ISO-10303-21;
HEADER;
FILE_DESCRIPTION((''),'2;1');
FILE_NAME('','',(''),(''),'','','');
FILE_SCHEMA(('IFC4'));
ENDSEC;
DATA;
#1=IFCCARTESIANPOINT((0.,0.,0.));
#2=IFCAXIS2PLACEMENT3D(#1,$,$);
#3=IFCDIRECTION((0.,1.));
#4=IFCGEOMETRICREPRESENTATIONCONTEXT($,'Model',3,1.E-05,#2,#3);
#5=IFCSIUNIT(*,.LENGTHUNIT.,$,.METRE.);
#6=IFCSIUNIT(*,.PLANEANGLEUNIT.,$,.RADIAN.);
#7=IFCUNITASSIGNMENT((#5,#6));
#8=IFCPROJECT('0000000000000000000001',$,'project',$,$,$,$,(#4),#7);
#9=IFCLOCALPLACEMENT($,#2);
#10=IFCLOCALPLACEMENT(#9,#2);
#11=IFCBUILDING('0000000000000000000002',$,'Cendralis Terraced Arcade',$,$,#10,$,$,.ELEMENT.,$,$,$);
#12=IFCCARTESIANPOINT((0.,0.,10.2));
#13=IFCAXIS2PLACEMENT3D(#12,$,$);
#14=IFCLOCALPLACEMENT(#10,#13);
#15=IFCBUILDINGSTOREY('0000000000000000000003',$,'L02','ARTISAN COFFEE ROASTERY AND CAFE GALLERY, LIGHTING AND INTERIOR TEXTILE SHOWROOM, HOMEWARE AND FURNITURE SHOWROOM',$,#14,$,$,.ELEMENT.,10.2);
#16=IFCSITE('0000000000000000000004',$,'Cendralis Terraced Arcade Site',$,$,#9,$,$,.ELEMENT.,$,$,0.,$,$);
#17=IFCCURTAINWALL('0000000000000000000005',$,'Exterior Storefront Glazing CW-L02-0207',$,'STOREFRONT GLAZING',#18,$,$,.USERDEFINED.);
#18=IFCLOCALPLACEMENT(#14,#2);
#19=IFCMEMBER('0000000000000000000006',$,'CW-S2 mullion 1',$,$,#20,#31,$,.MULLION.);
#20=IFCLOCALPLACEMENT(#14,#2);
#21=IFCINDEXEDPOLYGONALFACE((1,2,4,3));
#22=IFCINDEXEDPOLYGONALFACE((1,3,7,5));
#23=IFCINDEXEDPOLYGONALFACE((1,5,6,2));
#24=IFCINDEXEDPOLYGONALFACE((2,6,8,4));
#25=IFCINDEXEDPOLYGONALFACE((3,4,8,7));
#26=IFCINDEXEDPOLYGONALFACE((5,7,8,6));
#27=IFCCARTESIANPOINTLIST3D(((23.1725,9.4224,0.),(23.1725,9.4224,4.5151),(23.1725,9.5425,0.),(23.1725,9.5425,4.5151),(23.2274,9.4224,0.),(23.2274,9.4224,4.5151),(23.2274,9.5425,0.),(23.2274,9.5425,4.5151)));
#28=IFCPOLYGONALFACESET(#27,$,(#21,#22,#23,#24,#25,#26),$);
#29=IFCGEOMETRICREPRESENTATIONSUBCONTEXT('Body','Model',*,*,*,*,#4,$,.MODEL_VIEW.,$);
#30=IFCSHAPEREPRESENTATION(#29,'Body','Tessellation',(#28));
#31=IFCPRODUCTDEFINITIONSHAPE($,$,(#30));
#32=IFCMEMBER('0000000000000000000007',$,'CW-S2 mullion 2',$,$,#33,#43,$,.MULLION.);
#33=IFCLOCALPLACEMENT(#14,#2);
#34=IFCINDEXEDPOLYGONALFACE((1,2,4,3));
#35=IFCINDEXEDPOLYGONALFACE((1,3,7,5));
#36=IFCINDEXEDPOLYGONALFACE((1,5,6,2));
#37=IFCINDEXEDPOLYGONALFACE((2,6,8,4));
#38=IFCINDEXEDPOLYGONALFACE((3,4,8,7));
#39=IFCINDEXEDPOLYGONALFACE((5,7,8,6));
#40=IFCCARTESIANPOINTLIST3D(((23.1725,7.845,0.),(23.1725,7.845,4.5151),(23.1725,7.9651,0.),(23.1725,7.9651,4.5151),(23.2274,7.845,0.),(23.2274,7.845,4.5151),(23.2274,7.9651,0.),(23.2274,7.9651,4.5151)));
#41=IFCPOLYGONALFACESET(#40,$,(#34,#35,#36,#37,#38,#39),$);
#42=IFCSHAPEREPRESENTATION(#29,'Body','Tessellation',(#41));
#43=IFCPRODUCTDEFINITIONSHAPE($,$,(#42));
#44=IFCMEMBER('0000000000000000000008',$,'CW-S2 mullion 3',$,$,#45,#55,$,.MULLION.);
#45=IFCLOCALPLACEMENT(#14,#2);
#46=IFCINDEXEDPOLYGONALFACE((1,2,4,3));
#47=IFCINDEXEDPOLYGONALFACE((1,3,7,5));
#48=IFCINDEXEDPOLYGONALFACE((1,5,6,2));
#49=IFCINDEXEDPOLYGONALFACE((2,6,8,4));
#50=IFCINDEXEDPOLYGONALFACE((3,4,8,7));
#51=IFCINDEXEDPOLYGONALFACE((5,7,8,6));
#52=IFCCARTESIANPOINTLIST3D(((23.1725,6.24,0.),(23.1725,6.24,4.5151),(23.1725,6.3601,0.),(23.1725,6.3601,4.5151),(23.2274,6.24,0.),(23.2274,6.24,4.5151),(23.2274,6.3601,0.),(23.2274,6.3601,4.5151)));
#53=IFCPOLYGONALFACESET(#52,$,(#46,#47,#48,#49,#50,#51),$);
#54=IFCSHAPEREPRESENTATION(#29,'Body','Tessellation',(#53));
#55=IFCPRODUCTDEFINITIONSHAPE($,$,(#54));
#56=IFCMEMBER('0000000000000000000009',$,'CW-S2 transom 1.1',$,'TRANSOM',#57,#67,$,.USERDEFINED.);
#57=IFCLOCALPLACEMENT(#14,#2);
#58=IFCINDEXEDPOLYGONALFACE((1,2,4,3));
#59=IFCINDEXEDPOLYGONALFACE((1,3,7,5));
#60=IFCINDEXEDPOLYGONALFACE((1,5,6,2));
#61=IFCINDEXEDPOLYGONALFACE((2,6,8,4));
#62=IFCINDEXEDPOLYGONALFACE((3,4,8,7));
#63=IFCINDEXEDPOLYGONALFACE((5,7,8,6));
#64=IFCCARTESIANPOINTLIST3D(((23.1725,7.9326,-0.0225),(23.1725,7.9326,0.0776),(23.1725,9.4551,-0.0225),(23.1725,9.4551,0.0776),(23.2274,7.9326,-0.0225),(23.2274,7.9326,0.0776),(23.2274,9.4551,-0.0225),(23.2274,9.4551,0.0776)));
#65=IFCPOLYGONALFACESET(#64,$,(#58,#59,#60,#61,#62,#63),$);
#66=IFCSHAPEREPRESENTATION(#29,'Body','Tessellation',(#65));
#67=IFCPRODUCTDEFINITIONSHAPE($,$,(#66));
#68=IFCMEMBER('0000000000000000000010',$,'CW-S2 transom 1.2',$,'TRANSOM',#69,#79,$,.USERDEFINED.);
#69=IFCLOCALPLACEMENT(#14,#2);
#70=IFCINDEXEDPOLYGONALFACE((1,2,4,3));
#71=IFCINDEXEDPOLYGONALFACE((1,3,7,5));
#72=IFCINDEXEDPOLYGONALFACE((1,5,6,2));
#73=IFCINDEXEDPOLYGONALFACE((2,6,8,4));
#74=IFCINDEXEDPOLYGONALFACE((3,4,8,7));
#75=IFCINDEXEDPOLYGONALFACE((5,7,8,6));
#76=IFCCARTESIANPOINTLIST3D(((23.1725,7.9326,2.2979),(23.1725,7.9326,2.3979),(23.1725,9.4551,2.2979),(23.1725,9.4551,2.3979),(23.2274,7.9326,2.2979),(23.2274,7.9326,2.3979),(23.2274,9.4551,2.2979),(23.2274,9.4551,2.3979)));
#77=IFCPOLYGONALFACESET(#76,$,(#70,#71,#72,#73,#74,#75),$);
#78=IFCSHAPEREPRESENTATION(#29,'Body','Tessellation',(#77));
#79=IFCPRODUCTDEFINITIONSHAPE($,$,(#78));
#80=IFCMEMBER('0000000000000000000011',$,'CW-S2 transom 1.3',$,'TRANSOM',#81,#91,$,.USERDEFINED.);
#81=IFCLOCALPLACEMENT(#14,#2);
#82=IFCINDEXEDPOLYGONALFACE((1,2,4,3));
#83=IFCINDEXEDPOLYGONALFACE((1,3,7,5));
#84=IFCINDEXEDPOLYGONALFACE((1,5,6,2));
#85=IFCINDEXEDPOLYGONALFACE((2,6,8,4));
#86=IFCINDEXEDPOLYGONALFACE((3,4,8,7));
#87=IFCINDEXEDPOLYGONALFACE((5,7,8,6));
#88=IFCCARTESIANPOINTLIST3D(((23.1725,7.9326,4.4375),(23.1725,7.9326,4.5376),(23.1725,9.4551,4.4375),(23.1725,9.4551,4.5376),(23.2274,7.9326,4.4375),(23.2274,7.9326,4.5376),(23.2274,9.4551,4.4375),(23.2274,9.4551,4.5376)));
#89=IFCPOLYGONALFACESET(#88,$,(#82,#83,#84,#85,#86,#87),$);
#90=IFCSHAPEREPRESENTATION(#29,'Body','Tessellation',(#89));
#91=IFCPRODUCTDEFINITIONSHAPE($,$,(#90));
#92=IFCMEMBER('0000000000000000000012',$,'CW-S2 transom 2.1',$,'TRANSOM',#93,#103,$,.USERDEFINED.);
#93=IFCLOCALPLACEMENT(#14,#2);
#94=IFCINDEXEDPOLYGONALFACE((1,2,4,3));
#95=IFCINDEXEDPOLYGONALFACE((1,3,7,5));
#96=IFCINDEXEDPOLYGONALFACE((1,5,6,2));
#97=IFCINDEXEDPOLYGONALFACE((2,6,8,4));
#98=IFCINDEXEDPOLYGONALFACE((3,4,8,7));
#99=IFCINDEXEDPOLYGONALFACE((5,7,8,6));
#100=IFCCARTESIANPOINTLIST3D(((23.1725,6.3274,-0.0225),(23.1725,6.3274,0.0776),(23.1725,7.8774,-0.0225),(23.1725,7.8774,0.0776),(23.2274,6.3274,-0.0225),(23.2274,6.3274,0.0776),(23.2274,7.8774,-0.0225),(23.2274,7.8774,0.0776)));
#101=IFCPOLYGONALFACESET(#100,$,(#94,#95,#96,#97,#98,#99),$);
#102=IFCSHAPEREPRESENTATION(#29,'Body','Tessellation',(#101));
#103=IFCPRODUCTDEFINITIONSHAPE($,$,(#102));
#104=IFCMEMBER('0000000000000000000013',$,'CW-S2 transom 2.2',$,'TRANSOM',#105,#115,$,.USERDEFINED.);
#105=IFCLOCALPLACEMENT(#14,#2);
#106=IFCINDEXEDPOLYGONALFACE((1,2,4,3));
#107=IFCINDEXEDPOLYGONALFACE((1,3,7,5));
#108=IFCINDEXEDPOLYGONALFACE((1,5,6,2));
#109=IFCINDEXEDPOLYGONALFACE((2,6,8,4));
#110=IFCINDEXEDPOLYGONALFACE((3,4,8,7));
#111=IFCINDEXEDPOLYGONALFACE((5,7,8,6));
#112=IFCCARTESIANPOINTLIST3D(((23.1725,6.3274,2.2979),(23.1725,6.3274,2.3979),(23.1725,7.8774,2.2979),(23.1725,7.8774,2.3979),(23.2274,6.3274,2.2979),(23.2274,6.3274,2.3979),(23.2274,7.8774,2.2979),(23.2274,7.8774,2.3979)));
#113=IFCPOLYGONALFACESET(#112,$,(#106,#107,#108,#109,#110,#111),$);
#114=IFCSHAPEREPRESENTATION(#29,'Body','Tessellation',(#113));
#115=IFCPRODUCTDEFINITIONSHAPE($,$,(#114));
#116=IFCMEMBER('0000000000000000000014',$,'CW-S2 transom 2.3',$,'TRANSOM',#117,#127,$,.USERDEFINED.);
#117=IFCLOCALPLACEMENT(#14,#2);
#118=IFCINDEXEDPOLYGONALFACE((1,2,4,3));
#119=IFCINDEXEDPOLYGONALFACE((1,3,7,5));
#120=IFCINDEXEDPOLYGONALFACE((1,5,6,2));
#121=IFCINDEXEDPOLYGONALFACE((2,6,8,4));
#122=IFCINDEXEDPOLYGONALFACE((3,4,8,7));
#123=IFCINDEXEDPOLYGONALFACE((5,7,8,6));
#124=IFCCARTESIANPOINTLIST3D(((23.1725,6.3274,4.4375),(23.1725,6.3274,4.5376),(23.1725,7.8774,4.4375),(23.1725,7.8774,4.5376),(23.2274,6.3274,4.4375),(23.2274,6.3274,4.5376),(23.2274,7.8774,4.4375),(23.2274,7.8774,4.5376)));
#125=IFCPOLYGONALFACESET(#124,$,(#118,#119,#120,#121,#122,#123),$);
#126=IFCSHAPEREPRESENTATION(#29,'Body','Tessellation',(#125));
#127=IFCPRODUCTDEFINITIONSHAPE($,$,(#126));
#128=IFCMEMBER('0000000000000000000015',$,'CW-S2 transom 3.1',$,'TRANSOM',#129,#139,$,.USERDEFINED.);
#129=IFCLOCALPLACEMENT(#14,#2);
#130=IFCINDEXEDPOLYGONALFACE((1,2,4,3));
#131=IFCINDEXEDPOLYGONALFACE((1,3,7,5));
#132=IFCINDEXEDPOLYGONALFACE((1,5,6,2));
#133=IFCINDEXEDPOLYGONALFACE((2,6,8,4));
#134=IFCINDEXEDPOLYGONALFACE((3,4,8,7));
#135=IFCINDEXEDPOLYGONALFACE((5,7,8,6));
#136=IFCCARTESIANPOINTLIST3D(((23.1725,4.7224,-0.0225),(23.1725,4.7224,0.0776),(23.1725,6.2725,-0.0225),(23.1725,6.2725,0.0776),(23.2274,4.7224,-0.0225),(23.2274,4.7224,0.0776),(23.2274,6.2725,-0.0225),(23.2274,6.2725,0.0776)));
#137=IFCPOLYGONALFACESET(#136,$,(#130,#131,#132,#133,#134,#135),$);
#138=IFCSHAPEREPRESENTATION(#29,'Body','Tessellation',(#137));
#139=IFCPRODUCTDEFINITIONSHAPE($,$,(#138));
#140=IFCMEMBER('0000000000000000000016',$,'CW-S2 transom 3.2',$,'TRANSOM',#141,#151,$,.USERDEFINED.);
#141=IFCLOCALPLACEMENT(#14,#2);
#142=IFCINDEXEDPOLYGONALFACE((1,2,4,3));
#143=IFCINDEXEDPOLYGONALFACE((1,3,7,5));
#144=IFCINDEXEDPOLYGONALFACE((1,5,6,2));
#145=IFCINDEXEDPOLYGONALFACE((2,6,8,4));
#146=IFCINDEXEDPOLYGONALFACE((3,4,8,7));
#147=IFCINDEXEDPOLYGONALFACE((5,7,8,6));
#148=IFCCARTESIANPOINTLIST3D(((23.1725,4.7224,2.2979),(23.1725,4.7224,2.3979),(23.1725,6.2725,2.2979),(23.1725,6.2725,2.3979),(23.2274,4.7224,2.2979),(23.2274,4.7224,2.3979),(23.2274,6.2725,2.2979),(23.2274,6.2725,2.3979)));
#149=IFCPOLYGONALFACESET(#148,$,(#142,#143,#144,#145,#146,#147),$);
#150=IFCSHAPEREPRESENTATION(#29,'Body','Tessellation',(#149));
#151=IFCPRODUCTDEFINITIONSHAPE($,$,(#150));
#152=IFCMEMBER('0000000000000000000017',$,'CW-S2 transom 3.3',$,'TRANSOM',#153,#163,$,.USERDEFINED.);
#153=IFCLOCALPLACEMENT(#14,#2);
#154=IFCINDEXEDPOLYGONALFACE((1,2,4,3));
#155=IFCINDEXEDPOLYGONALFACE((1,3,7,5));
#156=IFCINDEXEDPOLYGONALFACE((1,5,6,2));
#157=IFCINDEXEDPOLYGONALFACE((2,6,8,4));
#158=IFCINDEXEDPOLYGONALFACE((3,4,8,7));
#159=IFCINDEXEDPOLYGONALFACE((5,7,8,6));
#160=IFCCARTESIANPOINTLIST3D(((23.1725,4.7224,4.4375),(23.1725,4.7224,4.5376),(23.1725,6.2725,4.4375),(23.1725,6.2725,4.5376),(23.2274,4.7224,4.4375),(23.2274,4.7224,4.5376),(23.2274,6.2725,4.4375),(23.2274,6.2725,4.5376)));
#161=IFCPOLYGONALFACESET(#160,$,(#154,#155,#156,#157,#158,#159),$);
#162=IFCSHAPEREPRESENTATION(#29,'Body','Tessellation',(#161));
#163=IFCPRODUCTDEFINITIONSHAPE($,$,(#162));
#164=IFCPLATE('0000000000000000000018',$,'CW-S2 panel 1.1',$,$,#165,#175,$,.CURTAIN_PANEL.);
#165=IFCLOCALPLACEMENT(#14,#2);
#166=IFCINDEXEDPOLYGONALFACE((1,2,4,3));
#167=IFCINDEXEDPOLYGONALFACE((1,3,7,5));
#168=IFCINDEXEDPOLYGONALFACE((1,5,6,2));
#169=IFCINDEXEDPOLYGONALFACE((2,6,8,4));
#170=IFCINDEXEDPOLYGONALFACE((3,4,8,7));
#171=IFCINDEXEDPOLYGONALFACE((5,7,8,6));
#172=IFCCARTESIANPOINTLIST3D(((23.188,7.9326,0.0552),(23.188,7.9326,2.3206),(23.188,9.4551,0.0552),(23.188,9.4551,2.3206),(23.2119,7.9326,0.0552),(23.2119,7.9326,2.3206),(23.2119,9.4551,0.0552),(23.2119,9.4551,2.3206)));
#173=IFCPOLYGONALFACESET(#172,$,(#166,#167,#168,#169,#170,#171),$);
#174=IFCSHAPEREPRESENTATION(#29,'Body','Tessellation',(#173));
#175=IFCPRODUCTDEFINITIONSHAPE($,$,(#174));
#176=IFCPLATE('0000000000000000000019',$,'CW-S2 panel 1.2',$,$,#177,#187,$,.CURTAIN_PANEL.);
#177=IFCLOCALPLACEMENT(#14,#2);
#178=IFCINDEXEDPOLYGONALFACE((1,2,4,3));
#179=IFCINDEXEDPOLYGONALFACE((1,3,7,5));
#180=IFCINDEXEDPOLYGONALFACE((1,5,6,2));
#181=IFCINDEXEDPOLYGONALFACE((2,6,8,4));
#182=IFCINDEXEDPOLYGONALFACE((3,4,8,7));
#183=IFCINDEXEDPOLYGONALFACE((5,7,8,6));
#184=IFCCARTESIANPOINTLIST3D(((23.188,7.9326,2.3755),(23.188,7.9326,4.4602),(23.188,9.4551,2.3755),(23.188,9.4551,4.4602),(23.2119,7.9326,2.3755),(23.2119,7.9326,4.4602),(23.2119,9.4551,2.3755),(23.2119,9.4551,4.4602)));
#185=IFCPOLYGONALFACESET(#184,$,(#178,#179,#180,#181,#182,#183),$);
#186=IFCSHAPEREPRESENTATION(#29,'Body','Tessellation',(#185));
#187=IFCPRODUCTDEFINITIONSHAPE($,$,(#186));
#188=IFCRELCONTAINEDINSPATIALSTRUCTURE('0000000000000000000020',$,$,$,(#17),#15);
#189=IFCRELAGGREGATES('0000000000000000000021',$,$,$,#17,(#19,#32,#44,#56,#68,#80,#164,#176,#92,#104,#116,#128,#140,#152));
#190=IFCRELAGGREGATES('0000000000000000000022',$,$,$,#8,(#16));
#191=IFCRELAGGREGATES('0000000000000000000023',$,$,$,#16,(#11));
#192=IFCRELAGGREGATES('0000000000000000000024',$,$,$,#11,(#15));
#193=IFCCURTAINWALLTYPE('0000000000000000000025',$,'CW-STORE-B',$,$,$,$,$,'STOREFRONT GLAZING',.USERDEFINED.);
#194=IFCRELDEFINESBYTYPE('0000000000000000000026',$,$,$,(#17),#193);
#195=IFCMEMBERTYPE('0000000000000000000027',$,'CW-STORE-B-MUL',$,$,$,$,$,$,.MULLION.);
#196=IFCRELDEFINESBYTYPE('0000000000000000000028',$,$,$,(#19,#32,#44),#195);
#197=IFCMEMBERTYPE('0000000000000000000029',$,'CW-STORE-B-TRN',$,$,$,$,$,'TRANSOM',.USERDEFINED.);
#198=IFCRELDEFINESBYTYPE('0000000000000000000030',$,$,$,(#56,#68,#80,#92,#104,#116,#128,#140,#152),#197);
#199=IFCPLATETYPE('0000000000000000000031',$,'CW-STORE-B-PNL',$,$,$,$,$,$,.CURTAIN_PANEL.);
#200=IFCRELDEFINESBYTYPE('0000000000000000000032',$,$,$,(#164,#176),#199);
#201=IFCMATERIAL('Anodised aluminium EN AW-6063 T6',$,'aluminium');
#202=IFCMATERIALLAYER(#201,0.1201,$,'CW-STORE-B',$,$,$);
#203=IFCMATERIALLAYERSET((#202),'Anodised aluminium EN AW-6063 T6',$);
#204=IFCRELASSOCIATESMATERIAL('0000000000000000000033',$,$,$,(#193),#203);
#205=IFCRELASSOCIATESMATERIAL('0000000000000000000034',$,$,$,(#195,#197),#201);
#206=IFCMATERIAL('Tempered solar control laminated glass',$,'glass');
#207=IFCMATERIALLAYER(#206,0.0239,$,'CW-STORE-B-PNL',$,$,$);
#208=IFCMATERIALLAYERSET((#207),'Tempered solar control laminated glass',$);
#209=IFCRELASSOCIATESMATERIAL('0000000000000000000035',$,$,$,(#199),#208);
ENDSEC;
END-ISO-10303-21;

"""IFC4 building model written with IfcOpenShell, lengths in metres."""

from ifc_helpers import new_model, si_unit, direction, frame, origin, origin_2d, place, context, subcontext, project, spatial, rectangle, extrude, material, layer, layer_set, material_profile, profile_set, type_object, element, aggregate, save


model = new_model("IFC4")

# Units and contexts
model_context = context("Model", 3, precision=1e-05, world=origin(), true_north=direction((0.0, 1.0)))
body_context = subcontext(model_context, "Body", "Model", "MODEL_VIEW")
ifc_project = project(units=[si_unit("LENGTHUNIT", "METRE"), si_unit("PLANEANGLEUNIT", "RADIAN")], contexts=[model_context])

# Site, building, storey
site_placement = place(None, origin())
site = spatial("IfcSite", under=ifc_project, at=site_placement, Name="Cendralis Terraced Arcade Site", CompositionType="ELEMENT", RefElevation=0.0)
building_placement = place(site_placement, origin())
building = spatial("IfcBuilding", under=site, at=building_placement, Name="Cendralis Terraced Arcade", CompositionType="ELEMENT")
storey_placement = place(building_placement, frame((0.0, 0.0, 10.2)))
storey = spatial("IfcBuildingStorey", under=building, at=storey_placement, Name="L02", Description="ARTISAN COFFEE ROASTERY AND CAFE GALLERY, LIGHTING AND INTERIOR TEXTILE SHOWROOM, HOMEWARE AND FURNITURE SHOWROOM", CompositionType="ELEMENT", Elevation=10.2)

# Curtain wall, members, plates
ifc_material_1 = material(Name="Anodised aluminium EN AW-6063 T6", Category="aluminium")
ifc_layer_1 = layer(ifc_material_1, 0.1201, Name="CW-STORE-B")
ifc_layer_set_1 = layer_set([ifc_layer_1], Name="Anodised aluminium EN AW-6063 T6")
curtain_wall_type = type_object("IfcCurtainWallType", Name="CW-STORE-B", ElementType="STOREFRONT GLAZING", PredefinedType="USERDEFINED", material=ifc_layer_set_1)
curtain_wall_placement = place(storey_placement, origin())
curtain_wall = element("IfcCurtainWall", 1, at=curtain_wall_placement, inside=storey, type_object=curtain_wall_type, Name="Exterior Storefront Glazing CW-L02-0207", ObjectType="STOREFRONT GLAZING", PredefinedType="USERDEFINED")
ifc_material_profile_1 = material_profile(ifc_material_1, rectangle(XDim=0.0549, YDim=0.1201, at=origin_2d()), Name="ALU-MUL-55x120")
ifc_profile_set_1 = profile_set([ifc_material_profile_1], Name="Anodised aluminium EN AW-6063 T6")
member_type_1 = type_object("IfcMemberType", Name="CW-STORE-B-MUL", PredefinedType="MULLION", material=ifc_profile_set_1)
member_1_placement = place(storey_placement, frame((23.2, 9.4824, 0.0), z_axis=(0.0, 0.0, 1.0), x_axis=(1.0, 0.0, 0.0)))
member_1 = element("IfcMember", 2, at=member_1_placement, type_object=member_type_1, Name="CW-S2 mullion 1", PredefinedType="MULLION", context=body_context, shape_type="SweptSolid", body=[
    extrude(rectangle(XDim=0.0549, YDim=0.1201, at=origin_2d()), origin(), (0.0, 0.0, 1.0), 4.5151),
])
member_2_placement = place(storey_placement, frame((23.2, 7.905, 0.0), z_axis=(0.0, 0.0, 1.0), x_axis=(1.0, 0.0, 0.0)))
member_2 = element("IfcMember", 3, at=member_2_placement, type_object=member_type_1, Name="CW-S2 mullion 2", PredefinedType="MULLION", context=body_context, shape_type="SweptSolid", body=[
    extrude(rectangle(XDim=0.0549, YDim=0.1201, at=origin_2d()), origin(), (0.0, 0.0, 1.0), 4.5151),
])
member_3_placement = place(storey_placement, frame((23.2, 6.3, 0.0), z_axis=(0.0, 0.0, 1.0), x_axis=(1.0, 0.0, 0.0)))
member_3 = element("IfcMember", 4, at=member_3_placement, type_object=member_type_1, Name="CW-S2 mullion 3", PredefinedType="MULLION", context=body_context, shape_type="SweptSolid", body=[
    extrude(rectangle(XDim=0.0549, YDim=0.1201, at=origin_2d()), origin(), (0.0, 0.0, 1.0), 4.5151),
])
ifc_material_profile_2 = material_profile(ifc_material_1, rectangle(XDim=0.0549, YDim=0.1001, at=origin_2d()), Name="ALU-TRN-55x100")
ifc_profile_set_2 = profile_set([ifc_material_profile_2], Name="Anodised aluminium EN AW-6063 T6")
member_type_2 = type_object("IfcMemberType", Name="CW-STORE-B-TRN", ElementType="TRANSOM", PredefinedType="USERDEFINED", material=ifc_profile_set_2)
member_4_placement = place(storey_placement, frame((23.2, 9.4551, 0.0276), z_axis=(0.0, -1.0, 0.0), x_axis=(1.0, 0.0, 0.0)))
member_4 = element("IfcMember", 5, at=member_4_placement, type_object=member_type_2, Name="CW-S2 transom 1.1", ObjectType="TRANSOM", PredefinedType="USERDEFINED", context=body_context, shape_type="SweptSolid", body=[
    extrude(rectangle(XDim=0.0549, YDim=0.1001, at=origin_2d()), origin(), (0.0, 0.0, 1.0), 1.5225),
])
member_5_placement = place(storey_placement, frame((23.2, 9.4551, 2.3479), z_axis=(0.0, -1.0, 0.0), x_axis=(1.0, 0.0, 0.0)))
member_5 = element("IfcMember", 6, at=member_5_placement, type_object=member_type_2, Name="CW-S2 transom 1.2", ObjectType="TRANSOM", PredefinedType="USERDEFINED", context=body_context, shape_type="SweptSolid", body=[
    extrude(rectangle(XDim=0.0549, YDim=0.1001, at=origin_2d()), origin(), (0.0, 0.0, 1.0), 1.5225),
])
member_6_placement = place(storey_placement, frame((23.2, 9.4551, 4.4875), z_axis=(0.0, -1.0, 0.0), x_axis=(1.0, 0.0, 0.0)))
member_6 = element("IfcMember", 7, at=member_6_placement, type_object=member_type_2, Name="CW-S2 transom 1.3", ObjectType="TRANSOM", PredefinedType="USERDEFINED", context=body_context, shape_type="SweptSolid", body=[
    extrude(rectangle(XDim=0.0549, YDim=0.1001, at=origin_2d()), origin(), (0.0, 0.0, 1.0), 1.5225),
])
member_7_placement = place(storey_placement, frame((23.2, 7.8774, 0.0276), z_axis=(0.0, -1.0, 0.0), x_axis=(1.0, 0.0, 0.0)))
member_7 = element("IfcMember", 8, at=member_7_placement, type_object=member_type_2, Name="CW-S2 transom 2.1", ObjectType="TRANSOM", PredefinedType="USERDEFINED", context=body_context, shape_type="SweptSolid", body=[
    extrude(rectangle(XDim=0.0549, YDim=0.1001, at=origin_2d()), origin(), (0.0, 0.0, 1.0), 1.55),
])
member_8_placement = place(storey_placement, frame((23.2, 7.8774, 2.3479), z_axis=(0.0, -1.0, 0.0), x_axis=(1.0, 0.0, 0.0)))
member_8 = element("IfcMember", 9, at=member_8_placement, type_object=member_type_2, Name="CW-S2 transom 2.2", ObjectType="TRANSOM", PredefinedType="USERDEFINED", context=body_context, shape_type="SweptSolid", body=[
    extrude(rectangle(XDim=0.0549, YDim=0.1001, at=origin_2d()), origin(), (0.0, 0.0, 1.0), 1.55),
])
member_9_placement = place(storey_placement, frame((23.2, 7.8774, 4.4875), z_axis=(0.0, -1.0, 0.0), x_axis=(1.0, 0.0, 0.0)))
member_9 = element("IfcMember", 10, at=member_9_placement, type_object=member_type_2, Name="CW-S2 transom 2.3", ObjectType="TRANSOM", PredefinedType="USERDEFINED", context=body_context, shape_type="SweptSolid", body=[
    extrude(rectangle(XDim=0.0549, YDim=0.1001, at=origin_2d()), origin(), (0.0, 0.0, 1.0), 1.55),
])
member_10_placement = place(storey_placement, frame((23.2, 6.2725, 0.0276), z_axis=(0.0, -1.0, 0.0), x_axis=(1.0, 0.0, 0.0)))
member_10 = element("IfcMember", 11, at=member_10_placement, type_object=member_type_2, Name="CW-S2 transom 3.1", ObjectType="TRANSOM", PredefinedType="USERDEFINED", context=body_context, shape_type="SweptSolid", body=[
    extrude(rectangle(XDim=0.0549, YDim=0.1001, at=origin_2d()), origin(), (0.0, 0.0, 1.0), 1.55),
])
member_11_placement = place(storey_placement, frame((23.2, 6.2725, 2.3479), z_axis=(0.0, -1.0, 0.0), x_axis=(1.0, 0.0, 0.0)))
member_11 = element("IfcMember", 12, at=member_11_placement, type_object=member_type_2, Name="CW-S2 transom 3.2", ObjectType="TRANSOM", PredefinedType="USERDEFINED", context=body_context, shape_type="SweptSolid", body=[
    extrude(rectangle(XDim=0.0549, YDim=0.1001, at=origin_2d()), origin(), (0.0, 0.0, 1.0), 1.55),
])
member_12_placement = place(storey_placement, frame((23.2, 6.2725, 4.4875), z_axis=(0.0, -1.0, 0.0), x_axis=(1.0, 0.0, 0.0)))
member_12 = element("IfcMember", 13, at=member_12_placement, type_object=member_type_2, Name="CW-S2 transom 3.3", ObjectType="TRANSOM", PredefinedType="USERDEFINED", context=body_context, shape_type="SweptSolid", body=[
    extrude(rectangle(XDim=0.0549, YDim=0.1001, at=origin_2d()), origin(), (0.0, 0.0, 1.0), 1.55),
])
ifc_material_2 = material(Name="Tempered solar control laminated glass", Category="glass")
ifc_layer_2 = layer(ifc_material_2, 0.0239, Name="CW-STORE-B-PNL")
ifc_layer_set_2 = layer_set([ifc_layer_2], Name="Tempered solar control laminated glass")
plate_type = type_object("IfcPlateType", Name="CW-STORE-B-PNL", PredefinedType="CURTAIN_PANEL", material=ifc_layer_set_2)
plate_1_placement = place(storey_placement, frame((23.2, 8.6938, 0.0552), z_axis=(0.0, 0.0, 1.0), x_axis=(0.0, -1.0, 0.0)))
plate_1 = element("IfcPlate", 14, at=plate_1_placement, type_object=plate_type, Name="CW-S2 panel 1.1", PredefinedType="CURTAIN_PANEL", context=body_context, shape_type="SweptSolid", body=[
    extrude(rectangle(XDim=1.5225, YDim=0.0239, at=origin_2d()), origin(), (0.0, 0.0, 1.0), 2.2654),
])
plate_2_placement = place(storey_placement, frame((23.2, 8.6938, 2.3755), z_axis=(0.0, 0.0, 1.0), x_axis=(0.0, -1.0, 0.0)))
plate_2 = element("IfcPlate", 15, at=plate_2_placement, type_object=plate_type, Name="CW-S2 panel 1.2", PredefinedType="CURTAIN_PANEL", context=body_context, shape_type="SweptSolid", body=[
    extrude(rectangle(XDim=1.5225, YDim=0.0239, at=origin_2d()), origin(), (0.0, 0.0, 1.0), 2.0847),
])
aggregate(curtain_wall, [member_1, member_2, member_3, member_4, member_5, member_6, plate_1, plate_2, member_7, member_8, member_9, member_10, member_11, member_12])

save(model, "model.ifc")
